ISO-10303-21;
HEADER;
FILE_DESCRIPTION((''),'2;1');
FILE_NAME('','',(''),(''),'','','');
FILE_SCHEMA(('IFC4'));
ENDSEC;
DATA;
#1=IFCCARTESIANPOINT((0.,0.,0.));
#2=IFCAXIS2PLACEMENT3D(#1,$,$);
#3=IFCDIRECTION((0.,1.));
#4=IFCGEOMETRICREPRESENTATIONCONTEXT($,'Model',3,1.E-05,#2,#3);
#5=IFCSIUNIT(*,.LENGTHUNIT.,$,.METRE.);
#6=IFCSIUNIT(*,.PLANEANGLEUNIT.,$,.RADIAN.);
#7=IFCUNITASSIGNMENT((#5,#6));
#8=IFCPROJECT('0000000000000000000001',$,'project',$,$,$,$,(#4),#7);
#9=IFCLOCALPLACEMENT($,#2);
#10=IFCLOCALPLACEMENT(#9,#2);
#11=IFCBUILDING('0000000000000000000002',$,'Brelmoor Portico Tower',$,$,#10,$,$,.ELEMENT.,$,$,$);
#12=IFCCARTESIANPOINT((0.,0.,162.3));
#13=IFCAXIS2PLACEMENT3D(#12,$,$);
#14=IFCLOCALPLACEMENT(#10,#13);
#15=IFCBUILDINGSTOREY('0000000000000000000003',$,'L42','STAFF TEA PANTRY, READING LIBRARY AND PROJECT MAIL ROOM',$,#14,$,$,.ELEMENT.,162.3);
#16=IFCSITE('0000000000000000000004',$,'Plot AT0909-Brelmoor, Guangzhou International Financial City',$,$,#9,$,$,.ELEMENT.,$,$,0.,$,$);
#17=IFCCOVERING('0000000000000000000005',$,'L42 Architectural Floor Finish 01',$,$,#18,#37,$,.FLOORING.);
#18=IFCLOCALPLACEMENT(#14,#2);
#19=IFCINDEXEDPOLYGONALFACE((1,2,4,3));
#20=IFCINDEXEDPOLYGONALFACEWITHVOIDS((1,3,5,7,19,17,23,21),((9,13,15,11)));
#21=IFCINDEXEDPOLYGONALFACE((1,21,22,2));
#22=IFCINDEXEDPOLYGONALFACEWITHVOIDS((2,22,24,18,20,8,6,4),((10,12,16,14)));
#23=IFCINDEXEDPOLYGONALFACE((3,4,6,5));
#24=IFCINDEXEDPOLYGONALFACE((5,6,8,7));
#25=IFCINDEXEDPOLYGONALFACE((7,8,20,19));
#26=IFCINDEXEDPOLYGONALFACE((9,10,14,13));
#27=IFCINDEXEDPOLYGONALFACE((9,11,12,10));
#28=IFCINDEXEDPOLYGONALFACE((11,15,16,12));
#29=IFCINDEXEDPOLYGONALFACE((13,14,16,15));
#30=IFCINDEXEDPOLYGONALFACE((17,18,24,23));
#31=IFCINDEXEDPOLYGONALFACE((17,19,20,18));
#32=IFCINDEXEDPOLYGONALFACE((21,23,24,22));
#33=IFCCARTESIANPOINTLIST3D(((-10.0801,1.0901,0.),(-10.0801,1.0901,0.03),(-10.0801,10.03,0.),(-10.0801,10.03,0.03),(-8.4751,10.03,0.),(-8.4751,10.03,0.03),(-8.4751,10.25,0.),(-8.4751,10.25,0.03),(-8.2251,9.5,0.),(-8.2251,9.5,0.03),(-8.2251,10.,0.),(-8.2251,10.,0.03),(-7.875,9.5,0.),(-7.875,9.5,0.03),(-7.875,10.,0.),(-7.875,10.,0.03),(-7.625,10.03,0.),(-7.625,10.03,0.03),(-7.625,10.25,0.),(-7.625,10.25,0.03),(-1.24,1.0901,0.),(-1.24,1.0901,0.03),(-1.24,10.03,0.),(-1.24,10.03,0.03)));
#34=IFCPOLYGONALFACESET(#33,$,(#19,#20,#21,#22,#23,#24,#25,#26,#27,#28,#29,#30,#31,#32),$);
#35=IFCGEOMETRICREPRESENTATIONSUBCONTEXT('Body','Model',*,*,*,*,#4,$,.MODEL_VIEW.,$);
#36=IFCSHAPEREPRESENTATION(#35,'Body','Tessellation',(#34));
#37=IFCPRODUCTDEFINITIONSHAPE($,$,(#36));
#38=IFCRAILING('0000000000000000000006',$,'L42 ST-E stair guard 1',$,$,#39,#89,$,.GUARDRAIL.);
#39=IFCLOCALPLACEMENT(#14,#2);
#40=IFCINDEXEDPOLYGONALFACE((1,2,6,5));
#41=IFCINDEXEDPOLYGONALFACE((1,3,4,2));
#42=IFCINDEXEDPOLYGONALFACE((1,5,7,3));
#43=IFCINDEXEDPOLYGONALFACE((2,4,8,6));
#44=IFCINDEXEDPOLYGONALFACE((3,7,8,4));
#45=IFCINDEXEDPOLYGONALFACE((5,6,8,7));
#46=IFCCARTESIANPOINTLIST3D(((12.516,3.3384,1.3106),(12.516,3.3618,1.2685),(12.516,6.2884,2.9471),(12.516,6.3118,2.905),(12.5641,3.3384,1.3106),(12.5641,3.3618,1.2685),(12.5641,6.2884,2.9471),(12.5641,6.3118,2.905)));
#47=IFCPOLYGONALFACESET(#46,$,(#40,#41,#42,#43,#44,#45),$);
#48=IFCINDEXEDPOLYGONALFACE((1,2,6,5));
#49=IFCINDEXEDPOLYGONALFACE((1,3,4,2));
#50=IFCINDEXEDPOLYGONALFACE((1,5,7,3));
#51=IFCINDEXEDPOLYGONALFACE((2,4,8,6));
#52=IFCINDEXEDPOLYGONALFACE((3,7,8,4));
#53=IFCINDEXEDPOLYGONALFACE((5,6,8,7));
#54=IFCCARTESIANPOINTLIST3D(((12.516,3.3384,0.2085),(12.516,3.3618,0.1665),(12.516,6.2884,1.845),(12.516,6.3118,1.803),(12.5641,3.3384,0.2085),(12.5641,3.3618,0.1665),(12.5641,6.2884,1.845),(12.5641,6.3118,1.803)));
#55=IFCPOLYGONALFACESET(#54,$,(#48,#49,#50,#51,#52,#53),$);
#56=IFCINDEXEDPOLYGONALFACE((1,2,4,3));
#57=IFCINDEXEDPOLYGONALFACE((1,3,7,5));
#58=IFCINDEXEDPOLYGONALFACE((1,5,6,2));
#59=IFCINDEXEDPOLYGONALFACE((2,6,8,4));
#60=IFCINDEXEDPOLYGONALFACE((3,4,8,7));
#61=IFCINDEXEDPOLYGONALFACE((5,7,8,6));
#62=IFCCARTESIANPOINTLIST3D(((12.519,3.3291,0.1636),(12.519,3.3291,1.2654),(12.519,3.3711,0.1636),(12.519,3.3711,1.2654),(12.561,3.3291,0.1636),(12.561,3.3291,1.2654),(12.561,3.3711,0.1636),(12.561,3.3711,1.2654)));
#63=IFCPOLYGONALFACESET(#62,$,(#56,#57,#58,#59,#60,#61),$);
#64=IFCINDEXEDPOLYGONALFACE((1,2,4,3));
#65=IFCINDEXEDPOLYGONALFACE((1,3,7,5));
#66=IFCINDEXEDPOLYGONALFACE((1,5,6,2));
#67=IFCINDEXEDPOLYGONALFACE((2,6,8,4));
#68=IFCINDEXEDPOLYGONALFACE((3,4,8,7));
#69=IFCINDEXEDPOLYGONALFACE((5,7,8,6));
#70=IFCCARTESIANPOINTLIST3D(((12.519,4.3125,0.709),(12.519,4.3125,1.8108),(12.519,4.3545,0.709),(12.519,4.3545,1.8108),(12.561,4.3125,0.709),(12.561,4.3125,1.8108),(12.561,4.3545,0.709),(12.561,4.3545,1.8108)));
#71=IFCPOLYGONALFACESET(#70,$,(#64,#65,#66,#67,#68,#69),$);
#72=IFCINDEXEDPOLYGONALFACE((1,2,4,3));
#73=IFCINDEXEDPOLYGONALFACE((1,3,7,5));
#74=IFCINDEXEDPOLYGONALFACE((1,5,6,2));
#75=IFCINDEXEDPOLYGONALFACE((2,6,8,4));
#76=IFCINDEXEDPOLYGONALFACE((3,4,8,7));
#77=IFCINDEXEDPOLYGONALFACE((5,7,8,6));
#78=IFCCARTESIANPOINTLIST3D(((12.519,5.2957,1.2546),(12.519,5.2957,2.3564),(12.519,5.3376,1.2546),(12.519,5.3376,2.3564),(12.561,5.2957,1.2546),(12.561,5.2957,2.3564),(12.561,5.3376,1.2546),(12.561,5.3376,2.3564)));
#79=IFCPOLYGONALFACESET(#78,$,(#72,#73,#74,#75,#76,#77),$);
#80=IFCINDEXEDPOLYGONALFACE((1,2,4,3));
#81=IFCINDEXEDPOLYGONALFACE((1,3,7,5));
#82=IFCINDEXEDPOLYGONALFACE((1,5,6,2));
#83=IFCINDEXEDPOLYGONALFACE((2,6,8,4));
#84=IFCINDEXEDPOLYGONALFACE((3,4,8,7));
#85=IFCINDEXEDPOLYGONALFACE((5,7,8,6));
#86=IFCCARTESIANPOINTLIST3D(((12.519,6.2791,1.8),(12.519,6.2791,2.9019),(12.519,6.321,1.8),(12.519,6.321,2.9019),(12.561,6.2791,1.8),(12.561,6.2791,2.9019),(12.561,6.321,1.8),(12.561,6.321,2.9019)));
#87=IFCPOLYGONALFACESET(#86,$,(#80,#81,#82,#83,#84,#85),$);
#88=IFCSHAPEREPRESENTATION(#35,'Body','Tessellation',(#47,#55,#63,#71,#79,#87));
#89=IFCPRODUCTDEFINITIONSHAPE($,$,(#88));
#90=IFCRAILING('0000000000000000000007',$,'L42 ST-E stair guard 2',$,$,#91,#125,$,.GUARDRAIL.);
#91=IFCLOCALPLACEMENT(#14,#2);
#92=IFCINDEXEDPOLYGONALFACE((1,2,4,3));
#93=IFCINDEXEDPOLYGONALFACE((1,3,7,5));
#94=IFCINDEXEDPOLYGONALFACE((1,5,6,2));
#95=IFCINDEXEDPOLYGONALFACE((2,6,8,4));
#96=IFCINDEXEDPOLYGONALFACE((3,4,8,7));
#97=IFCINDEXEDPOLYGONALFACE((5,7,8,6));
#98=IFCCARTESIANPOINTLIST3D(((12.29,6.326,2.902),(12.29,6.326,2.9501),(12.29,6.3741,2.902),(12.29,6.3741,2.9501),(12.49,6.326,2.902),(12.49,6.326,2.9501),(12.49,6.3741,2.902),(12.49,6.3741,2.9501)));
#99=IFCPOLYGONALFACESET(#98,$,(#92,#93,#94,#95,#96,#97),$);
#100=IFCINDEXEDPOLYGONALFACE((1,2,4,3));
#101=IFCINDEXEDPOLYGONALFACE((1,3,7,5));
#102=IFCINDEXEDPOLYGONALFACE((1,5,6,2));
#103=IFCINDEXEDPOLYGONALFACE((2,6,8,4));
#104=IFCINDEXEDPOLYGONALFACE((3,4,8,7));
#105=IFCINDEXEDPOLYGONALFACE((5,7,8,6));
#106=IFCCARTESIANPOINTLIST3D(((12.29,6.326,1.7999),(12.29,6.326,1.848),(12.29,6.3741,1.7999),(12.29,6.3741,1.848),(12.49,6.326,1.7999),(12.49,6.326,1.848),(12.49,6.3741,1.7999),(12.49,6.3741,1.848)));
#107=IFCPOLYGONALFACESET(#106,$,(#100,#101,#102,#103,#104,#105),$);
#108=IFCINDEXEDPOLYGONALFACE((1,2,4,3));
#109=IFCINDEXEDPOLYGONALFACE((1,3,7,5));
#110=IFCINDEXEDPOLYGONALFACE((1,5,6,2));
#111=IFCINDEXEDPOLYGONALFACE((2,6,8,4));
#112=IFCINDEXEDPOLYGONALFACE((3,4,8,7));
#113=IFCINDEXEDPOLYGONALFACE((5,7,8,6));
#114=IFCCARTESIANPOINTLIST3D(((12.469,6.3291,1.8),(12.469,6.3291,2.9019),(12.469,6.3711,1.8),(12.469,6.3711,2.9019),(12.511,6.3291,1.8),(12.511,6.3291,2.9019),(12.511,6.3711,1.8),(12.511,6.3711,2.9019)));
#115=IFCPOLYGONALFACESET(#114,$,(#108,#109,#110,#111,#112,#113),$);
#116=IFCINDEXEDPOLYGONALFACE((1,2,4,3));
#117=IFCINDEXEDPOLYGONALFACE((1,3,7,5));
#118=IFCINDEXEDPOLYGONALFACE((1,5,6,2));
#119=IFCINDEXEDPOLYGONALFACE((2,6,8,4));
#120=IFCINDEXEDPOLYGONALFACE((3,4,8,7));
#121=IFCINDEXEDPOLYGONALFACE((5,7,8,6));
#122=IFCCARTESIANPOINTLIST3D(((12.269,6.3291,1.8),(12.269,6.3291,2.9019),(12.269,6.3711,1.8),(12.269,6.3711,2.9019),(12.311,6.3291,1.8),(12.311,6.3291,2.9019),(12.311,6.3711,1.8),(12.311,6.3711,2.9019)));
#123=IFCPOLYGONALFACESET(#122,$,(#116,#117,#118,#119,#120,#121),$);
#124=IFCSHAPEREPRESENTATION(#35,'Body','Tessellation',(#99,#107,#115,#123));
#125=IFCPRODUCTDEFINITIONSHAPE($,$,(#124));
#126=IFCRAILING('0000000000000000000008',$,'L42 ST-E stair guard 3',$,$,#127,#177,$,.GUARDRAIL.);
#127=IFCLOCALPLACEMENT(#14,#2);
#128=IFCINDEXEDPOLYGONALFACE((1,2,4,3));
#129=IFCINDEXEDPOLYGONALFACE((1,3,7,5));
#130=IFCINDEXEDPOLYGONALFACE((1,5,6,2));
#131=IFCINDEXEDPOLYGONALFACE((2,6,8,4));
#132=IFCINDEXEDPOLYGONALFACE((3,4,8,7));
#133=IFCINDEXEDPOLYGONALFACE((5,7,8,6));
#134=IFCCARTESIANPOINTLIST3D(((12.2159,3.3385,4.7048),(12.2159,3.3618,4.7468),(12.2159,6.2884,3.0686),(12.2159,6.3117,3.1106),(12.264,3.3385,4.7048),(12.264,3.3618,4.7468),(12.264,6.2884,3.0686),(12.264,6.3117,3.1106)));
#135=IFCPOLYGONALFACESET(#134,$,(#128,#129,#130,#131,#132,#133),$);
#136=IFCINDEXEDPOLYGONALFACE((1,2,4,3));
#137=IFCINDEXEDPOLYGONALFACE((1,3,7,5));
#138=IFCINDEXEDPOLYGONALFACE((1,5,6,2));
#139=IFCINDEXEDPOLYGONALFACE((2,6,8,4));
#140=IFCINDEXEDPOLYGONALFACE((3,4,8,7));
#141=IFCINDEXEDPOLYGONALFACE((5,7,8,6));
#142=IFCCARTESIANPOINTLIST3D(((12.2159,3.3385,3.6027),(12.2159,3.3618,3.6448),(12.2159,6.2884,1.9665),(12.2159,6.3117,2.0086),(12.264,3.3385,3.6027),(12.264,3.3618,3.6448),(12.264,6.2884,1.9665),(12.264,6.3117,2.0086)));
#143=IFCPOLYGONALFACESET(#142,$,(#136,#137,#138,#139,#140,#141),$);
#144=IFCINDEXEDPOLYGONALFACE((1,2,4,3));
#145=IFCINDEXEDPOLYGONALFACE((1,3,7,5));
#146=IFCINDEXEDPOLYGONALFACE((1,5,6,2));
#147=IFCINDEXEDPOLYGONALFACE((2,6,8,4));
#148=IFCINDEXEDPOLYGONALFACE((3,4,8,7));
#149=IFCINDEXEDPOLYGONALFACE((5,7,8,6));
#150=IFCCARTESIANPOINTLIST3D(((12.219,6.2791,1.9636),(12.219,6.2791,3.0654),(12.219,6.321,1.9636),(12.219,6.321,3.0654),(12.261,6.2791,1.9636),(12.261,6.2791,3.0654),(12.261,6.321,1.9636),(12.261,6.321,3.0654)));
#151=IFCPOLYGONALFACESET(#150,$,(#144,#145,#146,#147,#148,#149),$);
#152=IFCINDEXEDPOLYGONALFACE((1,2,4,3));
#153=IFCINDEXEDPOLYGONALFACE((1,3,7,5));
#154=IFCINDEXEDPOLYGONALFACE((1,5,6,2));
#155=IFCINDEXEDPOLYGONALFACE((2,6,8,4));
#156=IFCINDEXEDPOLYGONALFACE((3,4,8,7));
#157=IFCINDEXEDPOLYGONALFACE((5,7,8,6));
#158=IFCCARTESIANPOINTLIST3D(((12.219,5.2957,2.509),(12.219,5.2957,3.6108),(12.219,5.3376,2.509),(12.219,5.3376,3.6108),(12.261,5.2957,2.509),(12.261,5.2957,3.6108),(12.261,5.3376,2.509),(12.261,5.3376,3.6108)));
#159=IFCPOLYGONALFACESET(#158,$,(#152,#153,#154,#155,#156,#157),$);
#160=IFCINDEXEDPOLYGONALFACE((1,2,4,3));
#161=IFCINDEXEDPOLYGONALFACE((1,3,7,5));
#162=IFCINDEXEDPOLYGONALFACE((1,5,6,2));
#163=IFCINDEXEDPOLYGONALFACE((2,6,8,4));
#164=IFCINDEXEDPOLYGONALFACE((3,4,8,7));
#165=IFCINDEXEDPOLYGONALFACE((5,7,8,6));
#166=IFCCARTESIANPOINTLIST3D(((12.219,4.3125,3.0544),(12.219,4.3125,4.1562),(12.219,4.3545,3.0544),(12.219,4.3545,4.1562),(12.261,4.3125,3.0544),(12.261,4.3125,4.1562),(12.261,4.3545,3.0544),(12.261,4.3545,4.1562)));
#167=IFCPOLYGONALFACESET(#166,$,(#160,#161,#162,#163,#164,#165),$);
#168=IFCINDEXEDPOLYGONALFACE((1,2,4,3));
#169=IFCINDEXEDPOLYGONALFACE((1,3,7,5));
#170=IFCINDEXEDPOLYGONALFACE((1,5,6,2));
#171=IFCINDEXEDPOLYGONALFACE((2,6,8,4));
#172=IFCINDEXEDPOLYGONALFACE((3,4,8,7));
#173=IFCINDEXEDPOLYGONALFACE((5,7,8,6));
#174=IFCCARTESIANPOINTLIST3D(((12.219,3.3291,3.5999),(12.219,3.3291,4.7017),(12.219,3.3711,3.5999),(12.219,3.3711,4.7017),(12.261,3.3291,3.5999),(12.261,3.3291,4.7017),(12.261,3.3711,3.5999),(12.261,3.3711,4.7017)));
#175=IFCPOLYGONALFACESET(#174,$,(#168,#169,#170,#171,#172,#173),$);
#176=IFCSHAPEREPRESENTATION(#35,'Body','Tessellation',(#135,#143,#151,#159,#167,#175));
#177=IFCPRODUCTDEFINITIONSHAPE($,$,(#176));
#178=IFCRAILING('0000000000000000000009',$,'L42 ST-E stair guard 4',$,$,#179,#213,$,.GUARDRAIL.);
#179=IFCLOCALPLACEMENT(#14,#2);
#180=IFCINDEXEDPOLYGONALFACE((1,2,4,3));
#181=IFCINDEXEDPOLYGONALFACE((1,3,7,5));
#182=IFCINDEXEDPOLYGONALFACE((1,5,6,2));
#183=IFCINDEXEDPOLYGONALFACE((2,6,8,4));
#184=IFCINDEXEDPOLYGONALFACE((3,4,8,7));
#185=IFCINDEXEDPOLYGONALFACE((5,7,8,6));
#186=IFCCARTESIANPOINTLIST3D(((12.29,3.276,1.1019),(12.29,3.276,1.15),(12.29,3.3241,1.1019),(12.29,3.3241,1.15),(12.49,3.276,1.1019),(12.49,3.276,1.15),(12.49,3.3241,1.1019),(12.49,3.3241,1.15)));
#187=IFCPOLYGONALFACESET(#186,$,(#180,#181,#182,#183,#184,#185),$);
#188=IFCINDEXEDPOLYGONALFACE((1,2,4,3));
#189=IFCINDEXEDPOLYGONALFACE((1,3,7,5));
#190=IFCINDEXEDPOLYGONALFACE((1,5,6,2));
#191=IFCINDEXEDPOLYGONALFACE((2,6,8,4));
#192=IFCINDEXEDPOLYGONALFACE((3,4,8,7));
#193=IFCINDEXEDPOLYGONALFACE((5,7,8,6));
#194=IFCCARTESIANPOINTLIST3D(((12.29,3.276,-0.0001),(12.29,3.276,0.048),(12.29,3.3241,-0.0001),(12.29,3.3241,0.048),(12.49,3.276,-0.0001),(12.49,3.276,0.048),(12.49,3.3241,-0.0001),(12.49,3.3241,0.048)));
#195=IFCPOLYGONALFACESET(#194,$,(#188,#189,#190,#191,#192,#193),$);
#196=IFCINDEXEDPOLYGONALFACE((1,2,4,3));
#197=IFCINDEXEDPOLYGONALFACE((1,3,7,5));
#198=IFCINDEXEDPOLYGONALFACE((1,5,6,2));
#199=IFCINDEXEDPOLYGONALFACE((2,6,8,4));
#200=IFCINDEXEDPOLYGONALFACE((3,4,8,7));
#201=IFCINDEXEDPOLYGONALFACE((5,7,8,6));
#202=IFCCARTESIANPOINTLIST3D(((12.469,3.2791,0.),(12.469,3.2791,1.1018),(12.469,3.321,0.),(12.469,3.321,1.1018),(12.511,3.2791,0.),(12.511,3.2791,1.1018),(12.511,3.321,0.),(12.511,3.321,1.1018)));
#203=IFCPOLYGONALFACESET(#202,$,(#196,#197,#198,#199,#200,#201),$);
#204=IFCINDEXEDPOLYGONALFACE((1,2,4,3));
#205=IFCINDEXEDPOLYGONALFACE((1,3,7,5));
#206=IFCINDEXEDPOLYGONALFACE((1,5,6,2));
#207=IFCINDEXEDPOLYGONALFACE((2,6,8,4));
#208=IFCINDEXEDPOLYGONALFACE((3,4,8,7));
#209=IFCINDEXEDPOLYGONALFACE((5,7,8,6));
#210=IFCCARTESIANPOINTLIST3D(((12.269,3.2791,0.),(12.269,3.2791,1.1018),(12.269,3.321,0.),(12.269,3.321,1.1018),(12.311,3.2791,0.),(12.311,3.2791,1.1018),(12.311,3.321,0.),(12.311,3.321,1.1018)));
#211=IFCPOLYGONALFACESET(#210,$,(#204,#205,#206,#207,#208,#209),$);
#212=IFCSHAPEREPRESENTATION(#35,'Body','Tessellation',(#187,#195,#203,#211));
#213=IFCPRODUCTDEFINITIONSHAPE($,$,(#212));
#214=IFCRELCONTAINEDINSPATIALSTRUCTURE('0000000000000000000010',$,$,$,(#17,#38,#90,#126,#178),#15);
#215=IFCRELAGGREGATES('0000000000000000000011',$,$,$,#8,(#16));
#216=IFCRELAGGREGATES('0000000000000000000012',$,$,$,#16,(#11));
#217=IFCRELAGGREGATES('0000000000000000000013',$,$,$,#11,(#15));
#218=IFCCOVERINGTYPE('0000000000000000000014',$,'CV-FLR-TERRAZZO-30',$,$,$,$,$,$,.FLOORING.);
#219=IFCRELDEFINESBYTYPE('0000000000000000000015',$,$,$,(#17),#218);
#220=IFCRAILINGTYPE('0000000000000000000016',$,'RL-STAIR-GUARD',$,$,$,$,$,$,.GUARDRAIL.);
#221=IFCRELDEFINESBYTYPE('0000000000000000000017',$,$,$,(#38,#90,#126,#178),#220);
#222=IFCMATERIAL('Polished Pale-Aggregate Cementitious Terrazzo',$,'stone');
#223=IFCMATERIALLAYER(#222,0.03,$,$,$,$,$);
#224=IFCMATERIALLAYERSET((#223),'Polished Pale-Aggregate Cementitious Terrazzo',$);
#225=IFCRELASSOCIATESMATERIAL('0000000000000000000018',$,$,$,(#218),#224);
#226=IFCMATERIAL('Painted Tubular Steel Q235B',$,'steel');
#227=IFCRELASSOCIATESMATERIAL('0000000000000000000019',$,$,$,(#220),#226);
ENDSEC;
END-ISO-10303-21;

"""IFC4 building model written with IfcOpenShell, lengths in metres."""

from ifc_helpers import new_model, si_unit, direction, frame, origin, origin_2d, place, context, subcontext, project, spatial, polyline, rectangle, outline, extrude, material, layer, layer_set, type_object, element, save


model = new_model("IFC4")

# Units and contexts
model_context = context("Model", 3, precision=1e-05, world=origin(), true_north=direction((0.0, 1.0)))
body_context = subcontext(model_context, "Body", "Model", "MODEL_VIEW")
ifc_project = project(units=[si_unit("LENGTHUNIT", "METRE"), si_unit("PLANEANGLEUNIT", "RADIAN")], contexts=[model_context])

# Site, building, storey
site_placement = place(None, origin())
site = spatial("IfcSite", under=ifc_project, at=site_placement, Name="Plot AT0909-Brelmoor, Guangzhou International Financial City", CompositionType="ELEMENT", RefElevation=0.0)
building_placement = place(site_placement, origin())
building = spatial("IfcBuilding", under=site, at=building_placement, Name="Brelmoor Portico Tower", CompositionType="ELEMENT")
storey_placement = place(building_placement, frame((0.0, 0.0, 162.3)))
storey = spatial("IfcBuildingStorey", under=building, at=storey_placement, Name="L42", Description="STAFF TEA PANTRY, READING LIBRARY AND PROJECT MAIL ROOM", CompositionType="ELEMENT", Elevation=162.3)

# Covering
ifc_material_1 = material(Name="Polished Pale-Aggregate Cementitious Terrazzo", Category="stone")
ifc_layer_1 = layer(ifc_material_1, 0.03)
ifc_layer_set_1 = layer_set([ifc_layer_1], Name="Polished Pale-Aggregate Cementitious Terrazzo")
covering_type_1 = type_object("IfcCoveringType", Name="CV-FLR-TERRAZZO-30", PredefinedType="FLOORING", material=ifc_layer_set_1)
covering_1_placement = place(storey_placement, origin())
element("IfcCovering", 1, at=covering_1_placement, inside=storey, type_object=covering_type_1, Name="L42 Architectural Floor Finish 01", PredefinedType="FLOORING", context=body_context, shape_type="SweptSolid", body=[
    extrude(outline(polyline([(-10.0801, 10.03), (-8.4751, 10.03), (-8.4751, 10.25), (-7.625, 10.25), (-7.625, 10.03), (-1.24, 10.03), (-1.24, 1.0901), (-10.0801, 1.0901), (-10.0801, 10.03)]), holes=[polyline([(-7.875, 9.5), (-7.875, 10.0), (-8.2251, 10.0), (-8.2251, 9.5), (-7.875, 9.5)])]), origin(), (0.0, 0.0, 1.0), 0.03),
])

# Railings
ifc_material_2 = material(Name="Painted Tubular Steel Q235B", Category="steel")
railing_type_1 = type_object("IfcRailingType", Name="RL-STAIR-GUARD", PredefinedType="GUARDRAIL", material=ifc_material_2)
railing_1_placement = place(storey_placement, frame((12.54, 3.3501, 0.1636)))
element("IfcRailing", 2, at=railing_1_placement, inside=storey, type_object=railing_type_1, Name="L42 ST-E stair guard 1", PredefinedType="GUARDRAIL", context=body_context, shape_type="SweptSolid", body=[
    extrude(rectangle(XDim=0.0481, YDim=0.0481, at=origin_2d()), frame((0.0, 0.0, 1.126), z_axis=(0.0, 0.874458, 0.485102), x_axis=(-1.0, 0.0, 0.0)), (0.0, 0.0, 1.0), 3.3735),
    extrude(rectangle(XDim=0.0481, YDim=0.0481, at=origin_2d()), frame((0.0, 0.0, 0.0239), z_axis=(0.0, 0.874458, 0.485102), x_axis=(-1.0, 0.0, 0.0)), (0.0, 0.0, 1.0), 3.3735),
    extrude(rectangle(XDim=0.042, YDim=0.042, at=origin_2d()), origin(), (0.0, 0.0, 1.0), 1.1018),
    extrude(rectangle(XDim=0.042, YDim=0.042, at=origin_2d()), frame((0.0, 0.9834, 0.5454)), (0.0, 0.0, 1.0), 1.1018),
    extrude(rectangle(XDim=0.042, YDim=0.042, at=origin_2d()), frame((0.0, 1.9666, 1.0911)), (0.0, 0.0, 1.0), 1.1018),
    extrude(rectangle(XDim=0.042, YDim=0.042, at=origin_2d()), frame((0.0, 2.95, 1.6365)), (0.0, 0.0, 1.0), 1.1018),
])
railing_2_placement = place(storey_placement, frame((12.49, 6.3501, 1.8)))
element("IfcRailing", 3, at=railing_2_placement, inside=storey, type_object=railing_type_1, Name="L42 ST-E stair guard 2", PredefinedType="GUARDRAIL", context=body_context, shape_type="SweptSolid", body=[
    extrude(rectangle(XDim=0.0481, YDim=0.0481, at=origin_2d()), frame((0.0, 0.0, 1.126), z_axis=(-1.0, 0.0, 0.0), x_axis=(0.0, -1.0, 0.0)), (0.0, 0.0, 1.0), 0.2),
    extrude(rectangle(XDim=0.0481, YDim=0.0481, at=origin_2d()), frame((0.0, 0.0, 0.0239), z_axis=(-1.0, 0.0, 0.0), x_axis=(0.0, -1.0, 0.0)), (0.0, 0.0, 1.0), 0.2),
    extrude(rectangle(XDim=0.042, YDim=0.042, at=origin_2d()), origin(), (0.0, 0.0, 1.0), 1.1018),
    extrude(rectangle(XDim=0.042, YDim=0.042, at=origin_2d()), frame((-0.2, 0.0, 0.0)), (0.0, 0.0, 1.0), 1.1018),
])
railing_3_placement = place(storey_placement, frame((12.24, 6.3, 1.9636)))
element("IfcRailing", 4, at=railing_3_placement, inside=storey, type_object=railing_type_1, Name="L42 ST-E stair guard 3", PredefinedType="GUARDRAIL", context=body_context, shape_type="SweptSolid", body=[
    extrude(rectangle(XDim=0.0481, YDim=0.0481, at=origin_2d()), frame((0.0, 0.0, 1.126), z_axis=(0.0, -0.874488, 0.485047), x_axis=(1.0, 0.0, 0.0)), (0.0, 0.0, 1.0), 3.3733),
    extrude(rectangle(XDim=0.0481, YDim=0.0481, at=origin_2d()), frame((0.0, 0.0, 0.0239), z_axis=(0.0, -0.874488, 0.485047), x_axis=(1.0, 0.0, 0.0)), (0.0, 0.0, 1.0), 3.3733),
    extrude(rectangle(XDim=0.042, YDim=0.042, at=origin_2d()), origin(), (0.0, 0.0, 1.0), 1.1018),
    extrude(rectangle(XDim=0.042, YDim=0.042, at=origin_2d()), frame((0.0, -0.9834, 0.5454)), (0.0, 0.0, 1.0), 1.1018),
    extrude(rectangle(XDim=0.042, YDim=0.042, at=origin_2d()), frame((0.0, -1.9666, 1.0908)), (0.0, 0.0, 1.0), 1.1018),
    extrude(rectangle(XDim=0.042, YDim=0.042, at=origin_2d()), frame((0.0, -2.95, 1.6362)), (0.0, 0.0, 1.0), 1.1018),
])
railing_4_placement = place(storey_placement, frame((12.49, 3.3, 0.0)))
element("IfcRailing", 5, at=railing_4_placement, inside=storey, type_object=railing_type_1, Name="L42 ST-E stair guard 4", PredefinedType="GUARDRAIL", context=body_context, shape_type="SweptSolid", body=[
    extrude(rectangle(XDim=0.0481, YDim=0.0481, at=origin_2d()), frame((0.0, 0.0, 1.126), z_axis=(-1.0, 0.0, 0.0), x_axis=(0.0, -1.0, 0.0)), (0.0, 0.0, 1.0), 0.2),
    extrude(rectangle(XDim=0.0481, YDim=0.0481, at=origin_2d()), frame((0.0, 0.0, 0.0239), z_axis=(-1.0, 0.0, 0.0), x_axis=(0.0, -1.0, 0.0)), (0.0, 0.0, 1.0), 0.2),
    extrude(rectangle(XDim=0.042, YDim=0.042, at=origin_2d()), origin(), (0.0, 0.0, 1.0), 1.1018),
    extrude(rectangle(XDim=0.042, YDim=0.042, at=origin_2d()), frame((-0.2, 0.0, 0.0)), (0.0, 0.0, 1.0), 1.1018),
])

save(model, "model.ifc")
